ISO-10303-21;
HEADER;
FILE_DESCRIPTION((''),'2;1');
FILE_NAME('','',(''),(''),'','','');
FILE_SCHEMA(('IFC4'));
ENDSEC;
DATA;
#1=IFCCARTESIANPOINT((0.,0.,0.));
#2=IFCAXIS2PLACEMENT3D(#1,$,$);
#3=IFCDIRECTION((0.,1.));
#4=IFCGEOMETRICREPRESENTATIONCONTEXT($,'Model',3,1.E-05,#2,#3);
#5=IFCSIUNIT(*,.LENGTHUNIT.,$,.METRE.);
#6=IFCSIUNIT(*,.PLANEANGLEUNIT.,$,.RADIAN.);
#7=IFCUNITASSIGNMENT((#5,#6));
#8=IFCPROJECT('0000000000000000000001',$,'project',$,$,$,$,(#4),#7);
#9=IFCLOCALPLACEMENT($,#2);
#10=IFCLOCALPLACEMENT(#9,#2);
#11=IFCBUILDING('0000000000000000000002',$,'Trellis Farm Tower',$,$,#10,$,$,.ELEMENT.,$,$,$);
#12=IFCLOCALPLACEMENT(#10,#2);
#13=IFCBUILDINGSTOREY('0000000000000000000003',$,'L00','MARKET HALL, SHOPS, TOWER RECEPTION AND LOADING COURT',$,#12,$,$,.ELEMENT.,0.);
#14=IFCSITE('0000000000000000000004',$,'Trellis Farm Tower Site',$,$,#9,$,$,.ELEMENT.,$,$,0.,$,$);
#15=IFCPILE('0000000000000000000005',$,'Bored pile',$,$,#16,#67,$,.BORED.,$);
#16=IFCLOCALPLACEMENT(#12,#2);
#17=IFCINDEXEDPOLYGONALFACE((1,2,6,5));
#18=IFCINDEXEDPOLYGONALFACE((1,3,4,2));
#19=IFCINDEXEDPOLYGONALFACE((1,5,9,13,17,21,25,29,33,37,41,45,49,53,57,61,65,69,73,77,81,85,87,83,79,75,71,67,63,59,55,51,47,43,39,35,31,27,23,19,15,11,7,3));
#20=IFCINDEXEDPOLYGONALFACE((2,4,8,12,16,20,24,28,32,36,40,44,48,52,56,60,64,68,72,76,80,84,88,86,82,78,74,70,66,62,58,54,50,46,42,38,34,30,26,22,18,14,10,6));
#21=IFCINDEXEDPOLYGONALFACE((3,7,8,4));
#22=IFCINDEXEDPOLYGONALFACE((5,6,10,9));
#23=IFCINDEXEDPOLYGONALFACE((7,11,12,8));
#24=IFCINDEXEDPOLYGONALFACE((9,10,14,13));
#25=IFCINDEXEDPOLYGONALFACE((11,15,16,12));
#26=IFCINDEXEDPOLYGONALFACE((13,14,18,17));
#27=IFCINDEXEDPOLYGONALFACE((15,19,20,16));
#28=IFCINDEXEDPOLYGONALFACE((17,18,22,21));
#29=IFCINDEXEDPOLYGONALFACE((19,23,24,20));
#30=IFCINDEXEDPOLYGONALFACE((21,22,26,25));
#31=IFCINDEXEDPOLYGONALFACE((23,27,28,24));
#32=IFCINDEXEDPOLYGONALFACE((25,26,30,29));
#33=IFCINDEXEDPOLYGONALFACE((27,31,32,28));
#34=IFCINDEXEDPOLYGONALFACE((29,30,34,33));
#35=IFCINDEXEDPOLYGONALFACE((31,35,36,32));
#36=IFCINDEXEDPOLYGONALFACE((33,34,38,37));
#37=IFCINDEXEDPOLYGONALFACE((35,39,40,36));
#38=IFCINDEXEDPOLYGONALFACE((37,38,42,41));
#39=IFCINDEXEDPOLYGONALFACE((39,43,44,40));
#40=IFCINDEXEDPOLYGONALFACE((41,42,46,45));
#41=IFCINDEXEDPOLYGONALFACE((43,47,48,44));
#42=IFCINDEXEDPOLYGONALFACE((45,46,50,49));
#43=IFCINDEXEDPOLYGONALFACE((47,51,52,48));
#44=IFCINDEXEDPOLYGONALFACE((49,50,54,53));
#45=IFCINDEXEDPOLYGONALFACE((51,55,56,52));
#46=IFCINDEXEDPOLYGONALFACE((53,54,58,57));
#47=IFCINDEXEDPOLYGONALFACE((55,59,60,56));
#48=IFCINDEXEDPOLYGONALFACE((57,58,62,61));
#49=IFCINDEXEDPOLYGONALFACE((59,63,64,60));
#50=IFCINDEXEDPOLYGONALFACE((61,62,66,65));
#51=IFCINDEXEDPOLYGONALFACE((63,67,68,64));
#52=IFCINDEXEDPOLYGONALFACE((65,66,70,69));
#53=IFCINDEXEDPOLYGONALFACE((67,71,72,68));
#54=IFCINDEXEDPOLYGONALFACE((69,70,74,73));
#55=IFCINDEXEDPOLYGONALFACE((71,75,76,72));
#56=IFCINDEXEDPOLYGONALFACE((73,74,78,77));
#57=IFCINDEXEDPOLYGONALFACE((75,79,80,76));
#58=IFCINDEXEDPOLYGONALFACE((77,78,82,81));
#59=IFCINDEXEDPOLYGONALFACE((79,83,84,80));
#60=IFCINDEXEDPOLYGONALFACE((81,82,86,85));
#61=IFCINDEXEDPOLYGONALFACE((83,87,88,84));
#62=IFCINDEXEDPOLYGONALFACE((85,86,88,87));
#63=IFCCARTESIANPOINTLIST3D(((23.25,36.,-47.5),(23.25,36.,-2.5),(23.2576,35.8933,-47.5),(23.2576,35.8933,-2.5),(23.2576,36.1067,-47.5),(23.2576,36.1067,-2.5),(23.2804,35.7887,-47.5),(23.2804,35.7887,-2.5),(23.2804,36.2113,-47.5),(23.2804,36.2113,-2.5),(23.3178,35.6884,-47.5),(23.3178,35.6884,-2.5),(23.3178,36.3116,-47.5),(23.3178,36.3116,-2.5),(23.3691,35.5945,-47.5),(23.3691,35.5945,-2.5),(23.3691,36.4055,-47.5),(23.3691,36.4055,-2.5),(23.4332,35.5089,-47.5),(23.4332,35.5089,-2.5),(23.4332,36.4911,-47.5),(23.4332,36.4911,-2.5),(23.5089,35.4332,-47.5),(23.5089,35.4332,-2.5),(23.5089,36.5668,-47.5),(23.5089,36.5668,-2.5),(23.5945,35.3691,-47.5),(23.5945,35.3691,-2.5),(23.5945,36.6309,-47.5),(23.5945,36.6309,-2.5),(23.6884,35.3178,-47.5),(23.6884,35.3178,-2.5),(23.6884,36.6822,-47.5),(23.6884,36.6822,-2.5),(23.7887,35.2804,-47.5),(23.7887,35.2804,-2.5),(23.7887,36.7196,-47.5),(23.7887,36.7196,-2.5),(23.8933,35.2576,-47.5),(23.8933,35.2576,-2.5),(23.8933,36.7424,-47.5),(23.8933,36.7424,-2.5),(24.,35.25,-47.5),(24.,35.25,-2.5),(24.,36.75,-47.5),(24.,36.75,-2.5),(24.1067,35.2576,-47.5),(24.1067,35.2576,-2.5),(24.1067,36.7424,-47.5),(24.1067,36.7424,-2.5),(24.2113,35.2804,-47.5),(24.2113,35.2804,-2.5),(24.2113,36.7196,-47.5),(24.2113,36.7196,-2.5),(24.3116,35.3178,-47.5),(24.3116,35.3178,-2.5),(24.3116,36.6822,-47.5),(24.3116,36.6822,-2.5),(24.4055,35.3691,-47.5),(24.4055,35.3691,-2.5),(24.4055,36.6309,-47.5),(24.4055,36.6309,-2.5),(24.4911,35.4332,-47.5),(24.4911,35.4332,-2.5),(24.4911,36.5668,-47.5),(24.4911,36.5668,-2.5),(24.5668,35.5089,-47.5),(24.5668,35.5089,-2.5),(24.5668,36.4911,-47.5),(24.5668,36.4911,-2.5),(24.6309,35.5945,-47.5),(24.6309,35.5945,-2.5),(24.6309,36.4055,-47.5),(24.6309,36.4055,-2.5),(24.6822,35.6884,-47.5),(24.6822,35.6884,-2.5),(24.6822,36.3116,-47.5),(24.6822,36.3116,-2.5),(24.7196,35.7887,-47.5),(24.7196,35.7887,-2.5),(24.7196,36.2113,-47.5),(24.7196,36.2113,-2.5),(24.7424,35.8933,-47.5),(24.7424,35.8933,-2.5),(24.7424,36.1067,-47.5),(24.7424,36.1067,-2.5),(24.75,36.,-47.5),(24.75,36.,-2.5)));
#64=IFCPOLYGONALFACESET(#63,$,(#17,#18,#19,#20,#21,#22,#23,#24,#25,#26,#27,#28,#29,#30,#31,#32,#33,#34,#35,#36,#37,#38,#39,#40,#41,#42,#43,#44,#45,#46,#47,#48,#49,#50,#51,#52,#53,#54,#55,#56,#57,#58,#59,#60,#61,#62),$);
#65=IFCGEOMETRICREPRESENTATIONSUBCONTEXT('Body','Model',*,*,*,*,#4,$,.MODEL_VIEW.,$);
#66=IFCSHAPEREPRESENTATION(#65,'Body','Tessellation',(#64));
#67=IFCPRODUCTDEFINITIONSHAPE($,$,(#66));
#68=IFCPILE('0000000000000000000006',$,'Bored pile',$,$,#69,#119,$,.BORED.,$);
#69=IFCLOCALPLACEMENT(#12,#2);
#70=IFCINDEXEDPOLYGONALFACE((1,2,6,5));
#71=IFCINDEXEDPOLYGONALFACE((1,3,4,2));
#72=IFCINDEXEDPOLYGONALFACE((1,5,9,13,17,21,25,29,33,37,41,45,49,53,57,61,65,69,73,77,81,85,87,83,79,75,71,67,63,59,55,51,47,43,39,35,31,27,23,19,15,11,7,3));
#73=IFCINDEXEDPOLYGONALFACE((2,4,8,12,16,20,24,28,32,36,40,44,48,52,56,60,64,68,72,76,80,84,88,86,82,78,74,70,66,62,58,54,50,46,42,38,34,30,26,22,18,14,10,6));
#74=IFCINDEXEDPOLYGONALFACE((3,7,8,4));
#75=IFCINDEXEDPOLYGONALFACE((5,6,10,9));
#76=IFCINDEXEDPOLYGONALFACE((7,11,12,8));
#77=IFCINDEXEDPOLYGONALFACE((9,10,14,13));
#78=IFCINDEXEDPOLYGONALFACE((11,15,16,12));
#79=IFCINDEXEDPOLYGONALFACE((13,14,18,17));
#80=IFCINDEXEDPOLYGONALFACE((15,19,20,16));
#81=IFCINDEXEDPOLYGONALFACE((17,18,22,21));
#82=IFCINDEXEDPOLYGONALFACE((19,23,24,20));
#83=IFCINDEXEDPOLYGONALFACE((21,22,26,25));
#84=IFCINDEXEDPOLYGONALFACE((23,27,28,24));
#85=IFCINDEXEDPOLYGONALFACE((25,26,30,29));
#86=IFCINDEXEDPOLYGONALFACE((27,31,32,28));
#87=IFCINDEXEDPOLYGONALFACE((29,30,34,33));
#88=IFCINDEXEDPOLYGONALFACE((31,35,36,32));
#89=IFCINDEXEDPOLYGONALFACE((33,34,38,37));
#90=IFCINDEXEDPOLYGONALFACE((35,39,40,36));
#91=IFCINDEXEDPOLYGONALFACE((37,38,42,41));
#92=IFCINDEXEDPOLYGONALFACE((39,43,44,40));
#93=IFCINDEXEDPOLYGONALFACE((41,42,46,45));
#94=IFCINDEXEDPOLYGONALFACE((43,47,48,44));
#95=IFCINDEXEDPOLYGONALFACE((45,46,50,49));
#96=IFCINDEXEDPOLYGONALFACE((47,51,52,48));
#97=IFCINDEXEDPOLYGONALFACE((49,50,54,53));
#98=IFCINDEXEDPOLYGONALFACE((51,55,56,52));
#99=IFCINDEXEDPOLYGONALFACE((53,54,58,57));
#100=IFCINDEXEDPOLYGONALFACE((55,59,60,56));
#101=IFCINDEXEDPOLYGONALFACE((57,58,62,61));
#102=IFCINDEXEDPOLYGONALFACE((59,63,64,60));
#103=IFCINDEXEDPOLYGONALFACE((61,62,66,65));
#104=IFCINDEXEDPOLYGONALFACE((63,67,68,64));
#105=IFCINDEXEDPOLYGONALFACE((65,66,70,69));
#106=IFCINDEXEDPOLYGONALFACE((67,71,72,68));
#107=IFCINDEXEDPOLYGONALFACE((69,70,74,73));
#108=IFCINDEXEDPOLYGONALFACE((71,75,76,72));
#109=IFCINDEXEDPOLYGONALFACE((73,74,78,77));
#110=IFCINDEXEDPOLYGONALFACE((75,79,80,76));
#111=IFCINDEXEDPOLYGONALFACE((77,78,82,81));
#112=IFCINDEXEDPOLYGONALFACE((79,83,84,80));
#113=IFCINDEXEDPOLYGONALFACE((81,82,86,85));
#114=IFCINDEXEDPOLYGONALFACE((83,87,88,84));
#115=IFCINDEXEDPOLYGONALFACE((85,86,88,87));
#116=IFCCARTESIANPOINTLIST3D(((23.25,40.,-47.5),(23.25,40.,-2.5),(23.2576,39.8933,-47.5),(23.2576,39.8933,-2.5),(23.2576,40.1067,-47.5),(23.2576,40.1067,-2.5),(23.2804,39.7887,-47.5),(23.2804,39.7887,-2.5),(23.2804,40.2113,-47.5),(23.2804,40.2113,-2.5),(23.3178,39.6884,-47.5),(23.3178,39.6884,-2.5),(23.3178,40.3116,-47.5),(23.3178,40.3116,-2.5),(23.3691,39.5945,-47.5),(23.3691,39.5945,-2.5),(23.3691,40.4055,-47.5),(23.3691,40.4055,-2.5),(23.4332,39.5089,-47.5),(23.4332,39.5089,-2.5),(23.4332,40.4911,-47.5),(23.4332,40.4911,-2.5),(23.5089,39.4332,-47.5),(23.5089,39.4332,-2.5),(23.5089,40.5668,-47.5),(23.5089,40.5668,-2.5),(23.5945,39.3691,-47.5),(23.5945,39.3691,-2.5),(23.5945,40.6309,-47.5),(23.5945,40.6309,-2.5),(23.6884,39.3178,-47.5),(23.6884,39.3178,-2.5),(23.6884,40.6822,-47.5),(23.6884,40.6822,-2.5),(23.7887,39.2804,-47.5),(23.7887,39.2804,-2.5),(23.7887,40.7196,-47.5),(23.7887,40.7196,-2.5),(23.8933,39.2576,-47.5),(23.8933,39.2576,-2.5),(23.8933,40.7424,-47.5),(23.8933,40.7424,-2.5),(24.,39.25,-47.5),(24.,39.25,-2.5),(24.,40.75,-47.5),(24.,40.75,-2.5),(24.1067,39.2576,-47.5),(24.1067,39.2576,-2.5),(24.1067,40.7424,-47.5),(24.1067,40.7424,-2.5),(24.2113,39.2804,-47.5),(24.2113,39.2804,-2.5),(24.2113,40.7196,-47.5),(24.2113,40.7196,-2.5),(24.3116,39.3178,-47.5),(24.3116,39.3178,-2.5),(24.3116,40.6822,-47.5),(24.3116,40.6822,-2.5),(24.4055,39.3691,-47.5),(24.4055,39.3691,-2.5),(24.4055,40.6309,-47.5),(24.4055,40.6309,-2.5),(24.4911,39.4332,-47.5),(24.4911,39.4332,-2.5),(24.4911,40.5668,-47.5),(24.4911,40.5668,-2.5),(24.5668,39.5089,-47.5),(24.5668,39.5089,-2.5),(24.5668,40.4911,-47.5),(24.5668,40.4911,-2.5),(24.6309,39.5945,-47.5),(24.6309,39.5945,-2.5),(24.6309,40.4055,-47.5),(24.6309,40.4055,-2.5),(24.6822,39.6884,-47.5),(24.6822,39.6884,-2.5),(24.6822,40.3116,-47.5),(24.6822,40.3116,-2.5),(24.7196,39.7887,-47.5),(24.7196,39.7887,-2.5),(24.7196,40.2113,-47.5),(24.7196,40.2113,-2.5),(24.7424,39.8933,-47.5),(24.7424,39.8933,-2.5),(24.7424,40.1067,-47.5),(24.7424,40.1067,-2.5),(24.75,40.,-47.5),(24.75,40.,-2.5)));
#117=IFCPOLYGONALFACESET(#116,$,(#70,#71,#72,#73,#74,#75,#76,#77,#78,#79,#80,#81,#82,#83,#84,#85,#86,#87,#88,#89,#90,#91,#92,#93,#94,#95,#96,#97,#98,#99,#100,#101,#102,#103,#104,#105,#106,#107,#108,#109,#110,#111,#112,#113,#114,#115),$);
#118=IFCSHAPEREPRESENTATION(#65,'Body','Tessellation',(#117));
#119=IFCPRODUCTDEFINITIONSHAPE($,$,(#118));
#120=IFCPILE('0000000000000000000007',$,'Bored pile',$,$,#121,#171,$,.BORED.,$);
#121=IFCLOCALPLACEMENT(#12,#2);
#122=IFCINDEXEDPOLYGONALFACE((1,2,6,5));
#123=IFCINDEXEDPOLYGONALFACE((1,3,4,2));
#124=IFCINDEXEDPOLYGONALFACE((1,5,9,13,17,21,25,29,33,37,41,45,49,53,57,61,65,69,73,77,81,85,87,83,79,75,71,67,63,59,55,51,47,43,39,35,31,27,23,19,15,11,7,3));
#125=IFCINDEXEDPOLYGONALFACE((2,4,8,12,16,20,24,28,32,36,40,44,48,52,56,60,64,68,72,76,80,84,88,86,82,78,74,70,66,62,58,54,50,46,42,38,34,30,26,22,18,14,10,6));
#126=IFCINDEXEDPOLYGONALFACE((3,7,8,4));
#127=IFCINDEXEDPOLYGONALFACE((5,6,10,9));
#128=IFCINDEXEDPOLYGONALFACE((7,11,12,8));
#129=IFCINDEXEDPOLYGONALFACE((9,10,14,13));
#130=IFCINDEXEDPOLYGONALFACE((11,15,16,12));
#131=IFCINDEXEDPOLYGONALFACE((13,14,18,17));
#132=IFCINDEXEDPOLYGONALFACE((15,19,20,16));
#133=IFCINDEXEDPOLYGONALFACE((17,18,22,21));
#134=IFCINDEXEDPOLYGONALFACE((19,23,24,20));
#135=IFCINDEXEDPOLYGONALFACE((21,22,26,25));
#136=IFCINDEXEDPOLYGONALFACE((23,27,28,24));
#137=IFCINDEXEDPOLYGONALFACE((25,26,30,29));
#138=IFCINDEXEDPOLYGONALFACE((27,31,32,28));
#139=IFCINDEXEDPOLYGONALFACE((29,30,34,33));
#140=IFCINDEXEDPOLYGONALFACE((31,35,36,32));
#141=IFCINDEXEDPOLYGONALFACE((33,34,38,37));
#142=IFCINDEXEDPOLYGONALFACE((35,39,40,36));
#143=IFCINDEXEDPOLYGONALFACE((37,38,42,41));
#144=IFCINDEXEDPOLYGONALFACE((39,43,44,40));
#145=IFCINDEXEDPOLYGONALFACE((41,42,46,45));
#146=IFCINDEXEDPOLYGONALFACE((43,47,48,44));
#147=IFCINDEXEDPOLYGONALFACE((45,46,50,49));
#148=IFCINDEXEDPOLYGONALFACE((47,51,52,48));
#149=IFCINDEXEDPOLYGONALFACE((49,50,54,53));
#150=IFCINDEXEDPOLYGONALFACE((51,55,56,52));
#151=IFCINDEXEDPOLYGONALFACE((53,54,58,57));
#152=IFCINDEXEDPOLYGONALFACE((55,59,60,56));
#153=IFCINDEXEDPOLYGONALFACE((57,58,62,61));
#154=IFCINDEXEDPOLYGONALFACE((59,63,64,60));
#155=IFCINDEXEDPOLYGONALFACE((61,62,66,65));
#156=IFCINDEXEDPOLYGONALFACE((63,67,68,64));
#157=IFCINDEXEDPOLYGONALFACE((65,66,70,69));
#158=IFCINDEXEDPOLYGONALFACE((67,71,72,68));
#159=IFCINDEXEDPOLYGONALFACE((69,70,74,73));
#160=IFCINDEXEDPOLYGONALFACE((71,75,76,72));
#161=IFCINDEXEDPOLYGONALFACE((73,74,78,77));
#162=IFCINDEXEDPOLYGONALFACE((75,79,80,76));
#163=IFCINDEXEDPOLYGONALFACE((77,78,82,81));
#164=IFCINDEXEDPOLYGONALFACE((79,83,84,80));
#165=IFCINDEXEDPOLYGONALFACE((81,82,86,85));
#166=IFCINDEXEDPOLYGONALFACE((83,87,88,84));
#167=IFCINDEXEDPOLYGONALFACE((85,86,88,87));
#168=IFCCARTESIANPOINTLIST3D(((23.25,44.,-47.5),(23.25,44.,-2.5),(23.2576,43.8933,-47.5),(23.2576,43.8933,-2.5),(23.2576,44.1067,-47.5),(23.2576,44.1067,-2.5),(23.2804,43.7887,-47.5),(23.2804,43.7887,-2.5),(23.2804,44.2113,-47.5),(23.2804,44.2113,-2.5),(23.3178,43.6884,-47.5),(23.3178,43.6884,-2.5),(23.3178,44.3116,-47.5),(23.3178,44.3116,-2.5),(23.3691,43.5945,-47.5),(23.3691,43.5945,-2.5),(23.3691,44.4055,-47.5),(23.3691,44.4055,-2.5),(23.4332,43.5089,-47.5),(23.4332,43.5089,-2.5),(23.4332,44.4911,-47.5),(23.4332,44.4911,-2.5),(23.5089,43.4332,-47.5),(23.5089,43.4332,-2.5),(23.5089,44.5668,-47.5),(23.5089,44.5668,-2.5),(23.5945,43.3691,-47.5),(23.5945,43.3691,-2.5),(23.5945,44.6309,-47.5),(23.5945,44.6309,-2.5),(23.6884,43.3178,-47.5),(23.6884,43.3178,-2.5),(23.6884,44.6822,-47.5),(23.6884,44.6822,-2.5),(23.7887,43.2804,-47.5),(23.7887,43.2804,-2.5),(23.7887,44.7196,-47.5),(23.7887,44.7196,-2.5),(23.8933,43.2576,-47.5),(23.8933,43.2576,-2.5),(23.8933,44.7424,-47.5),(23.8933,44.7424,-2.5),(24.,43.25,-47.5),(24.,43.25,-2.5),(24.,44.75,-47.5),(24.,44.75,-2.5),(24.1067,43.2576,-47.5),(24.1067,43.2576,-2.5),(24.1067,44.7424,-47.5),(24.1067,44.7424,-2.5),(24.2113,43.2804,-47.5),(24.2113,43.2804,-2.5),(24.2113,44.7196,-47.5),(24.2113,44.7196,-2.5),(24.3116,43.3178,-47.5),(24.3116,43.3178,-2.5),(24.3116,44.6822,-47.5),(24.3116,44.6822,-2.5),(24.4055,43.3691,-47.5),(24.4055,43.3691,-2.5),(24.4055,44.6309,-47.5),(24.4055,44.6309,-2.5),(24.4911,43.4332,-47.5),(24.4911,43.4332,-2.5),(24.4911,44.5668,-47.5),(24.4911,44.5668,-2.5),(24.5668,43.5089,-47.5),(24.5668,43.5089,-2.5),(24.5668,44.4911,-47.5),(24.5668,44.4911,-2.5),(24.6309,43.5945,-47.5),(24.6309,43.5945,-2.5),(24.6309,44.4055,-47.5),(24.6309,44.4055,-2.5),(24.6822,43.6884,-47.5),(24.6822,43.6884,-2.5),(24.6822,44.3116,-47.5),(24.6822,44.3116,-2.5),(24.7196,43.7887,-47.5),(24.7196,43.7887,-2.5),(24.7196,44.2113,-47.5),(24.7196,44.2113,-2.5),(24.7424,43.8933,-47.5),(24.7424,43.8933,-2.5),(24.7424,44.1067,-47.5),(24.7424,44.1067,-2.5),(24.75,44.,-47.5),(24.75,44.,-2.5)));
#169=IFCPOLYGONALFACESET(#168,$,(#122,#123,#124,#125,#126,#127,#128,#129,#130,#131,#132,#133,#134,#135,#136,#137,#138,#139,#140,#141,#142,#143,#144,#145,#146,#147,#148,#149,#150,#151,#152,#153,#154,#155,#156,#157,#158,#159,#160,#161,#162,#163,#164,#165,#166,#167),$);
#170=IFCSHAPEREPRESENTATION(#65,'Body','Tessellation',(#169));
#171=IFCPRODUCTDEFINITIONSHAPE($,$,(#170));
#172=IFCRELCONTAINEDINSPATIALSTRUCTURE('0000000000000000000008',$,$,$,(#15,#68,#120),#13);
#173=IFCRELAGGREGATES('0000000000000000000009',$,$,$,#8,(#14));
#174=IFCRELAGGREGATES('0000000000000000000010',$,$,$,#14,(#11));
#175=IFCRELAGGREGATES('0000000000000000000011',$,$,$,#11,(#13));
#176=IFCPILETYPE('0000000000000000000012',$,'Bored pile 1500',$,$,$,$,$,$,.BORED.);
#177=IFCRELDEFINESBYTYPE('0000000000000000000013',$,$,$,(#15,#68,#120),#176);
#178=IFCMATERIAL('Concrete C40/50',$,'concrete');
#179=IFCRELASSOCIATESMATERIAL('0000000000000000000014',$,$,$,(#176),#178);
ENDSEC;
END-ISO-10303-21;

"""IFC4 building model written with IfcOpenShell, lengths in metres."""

from ifc_helpers import new_model, si_unit, direction, frame, origin, origin_2d, place, context, subcontext, project, spatial, circle, extrude, source, transform, mapped, material, material_profile, profile_set, type_object, element, save


model = new_model("IFC4")

# Units and contexts
model_context = context("Model", 3, precision=1e-05, world=origin(), true_north=direction((0.0, 1.0)))
body_context = subcontext(model_context, "Body", "Model", "MODEL_VIEW")
ifc_project = project(units=[si_unit("LENGTHUNIT", "METRE"), si_unit("PLANEANGLEUNIT", "RADIAN")], contexts=[model_context])

# Site, building, storey
site_placement = place(None, origin())
site = spatial("IfcSite", under=ifc_project, at=site_placement, Name="Trellis Farm Tower Site", CompositionType="ELEMENT", RefElevation=0.0)
building_placement = place(site_placement, origin())
building = spatial("IfcBuilding", under=site, at=building_placement, Name="Trellis Farm Tower", CompositionType="ELEMENT")
storey_placement = place(building_placement, origin())
storey = spatial("IfcBuildingStorey", under=building, at=storey_placement, Name="L00", Description="MARKET HALL, SHOPS, TOWER RECEPTION AND LOADING COURT", CompositionType="ELEMENT", Elevation=0.0)

# Piles
ifc_material_1 = material(Name="Concrete C40/50", Category="concrete")
ifc_material_profile_1 = material_profile(ifc_material_1, circle(Radius=0.75, at=origin_2d()), Name="Bored pile 1500")
ifc_profile_set_1 = profile_set([ifc_material_profile_1], Name="Concrete C40/50")
pile_type = type_object("IfcPileType", Name="Bored pile 1500", PredefinedType="BORED", material=ifc_profile_set_1)
shared_shape_1 = source(origin(), body_context, "Body", "SweptSolid", [
    extrude(circle(Radius=0.75, at=origin_2d()), origin(), (0.0, 0.0, 1.0), 45.0),
])
for number, where, z_axis, x_axis, name in (
    (1, (24.0, 36.0, -2.5), (0.0, 0.0, -1.0), (1.0, 0.0, 0.0), "Bored pile"),
    (2, (24.0, 40.0, -2.5), (0.0, 0.0, -1.0), (1.0, 0.0, 0.0), "Bored pile"),
    (3, (24.0, 44.0, -2.5), (0.0, 0.0, -1.0), (1.0, 0.0, 0.0), "Bored pile"),
):
    element("IfcPile", number, at=place(storey_placement, frame(where, z_axis=z_axis, x_axis=x_axis)), inside=storey, type_object=pile_type, Name=name, PredefinedType="BORED", context=body_context, shape_type="MappedRepresentation", body=[
        mapped(shared_shape_1, transform((0.0, 0.0, 0.0))),
    ])

save(model, "model.ifc")
